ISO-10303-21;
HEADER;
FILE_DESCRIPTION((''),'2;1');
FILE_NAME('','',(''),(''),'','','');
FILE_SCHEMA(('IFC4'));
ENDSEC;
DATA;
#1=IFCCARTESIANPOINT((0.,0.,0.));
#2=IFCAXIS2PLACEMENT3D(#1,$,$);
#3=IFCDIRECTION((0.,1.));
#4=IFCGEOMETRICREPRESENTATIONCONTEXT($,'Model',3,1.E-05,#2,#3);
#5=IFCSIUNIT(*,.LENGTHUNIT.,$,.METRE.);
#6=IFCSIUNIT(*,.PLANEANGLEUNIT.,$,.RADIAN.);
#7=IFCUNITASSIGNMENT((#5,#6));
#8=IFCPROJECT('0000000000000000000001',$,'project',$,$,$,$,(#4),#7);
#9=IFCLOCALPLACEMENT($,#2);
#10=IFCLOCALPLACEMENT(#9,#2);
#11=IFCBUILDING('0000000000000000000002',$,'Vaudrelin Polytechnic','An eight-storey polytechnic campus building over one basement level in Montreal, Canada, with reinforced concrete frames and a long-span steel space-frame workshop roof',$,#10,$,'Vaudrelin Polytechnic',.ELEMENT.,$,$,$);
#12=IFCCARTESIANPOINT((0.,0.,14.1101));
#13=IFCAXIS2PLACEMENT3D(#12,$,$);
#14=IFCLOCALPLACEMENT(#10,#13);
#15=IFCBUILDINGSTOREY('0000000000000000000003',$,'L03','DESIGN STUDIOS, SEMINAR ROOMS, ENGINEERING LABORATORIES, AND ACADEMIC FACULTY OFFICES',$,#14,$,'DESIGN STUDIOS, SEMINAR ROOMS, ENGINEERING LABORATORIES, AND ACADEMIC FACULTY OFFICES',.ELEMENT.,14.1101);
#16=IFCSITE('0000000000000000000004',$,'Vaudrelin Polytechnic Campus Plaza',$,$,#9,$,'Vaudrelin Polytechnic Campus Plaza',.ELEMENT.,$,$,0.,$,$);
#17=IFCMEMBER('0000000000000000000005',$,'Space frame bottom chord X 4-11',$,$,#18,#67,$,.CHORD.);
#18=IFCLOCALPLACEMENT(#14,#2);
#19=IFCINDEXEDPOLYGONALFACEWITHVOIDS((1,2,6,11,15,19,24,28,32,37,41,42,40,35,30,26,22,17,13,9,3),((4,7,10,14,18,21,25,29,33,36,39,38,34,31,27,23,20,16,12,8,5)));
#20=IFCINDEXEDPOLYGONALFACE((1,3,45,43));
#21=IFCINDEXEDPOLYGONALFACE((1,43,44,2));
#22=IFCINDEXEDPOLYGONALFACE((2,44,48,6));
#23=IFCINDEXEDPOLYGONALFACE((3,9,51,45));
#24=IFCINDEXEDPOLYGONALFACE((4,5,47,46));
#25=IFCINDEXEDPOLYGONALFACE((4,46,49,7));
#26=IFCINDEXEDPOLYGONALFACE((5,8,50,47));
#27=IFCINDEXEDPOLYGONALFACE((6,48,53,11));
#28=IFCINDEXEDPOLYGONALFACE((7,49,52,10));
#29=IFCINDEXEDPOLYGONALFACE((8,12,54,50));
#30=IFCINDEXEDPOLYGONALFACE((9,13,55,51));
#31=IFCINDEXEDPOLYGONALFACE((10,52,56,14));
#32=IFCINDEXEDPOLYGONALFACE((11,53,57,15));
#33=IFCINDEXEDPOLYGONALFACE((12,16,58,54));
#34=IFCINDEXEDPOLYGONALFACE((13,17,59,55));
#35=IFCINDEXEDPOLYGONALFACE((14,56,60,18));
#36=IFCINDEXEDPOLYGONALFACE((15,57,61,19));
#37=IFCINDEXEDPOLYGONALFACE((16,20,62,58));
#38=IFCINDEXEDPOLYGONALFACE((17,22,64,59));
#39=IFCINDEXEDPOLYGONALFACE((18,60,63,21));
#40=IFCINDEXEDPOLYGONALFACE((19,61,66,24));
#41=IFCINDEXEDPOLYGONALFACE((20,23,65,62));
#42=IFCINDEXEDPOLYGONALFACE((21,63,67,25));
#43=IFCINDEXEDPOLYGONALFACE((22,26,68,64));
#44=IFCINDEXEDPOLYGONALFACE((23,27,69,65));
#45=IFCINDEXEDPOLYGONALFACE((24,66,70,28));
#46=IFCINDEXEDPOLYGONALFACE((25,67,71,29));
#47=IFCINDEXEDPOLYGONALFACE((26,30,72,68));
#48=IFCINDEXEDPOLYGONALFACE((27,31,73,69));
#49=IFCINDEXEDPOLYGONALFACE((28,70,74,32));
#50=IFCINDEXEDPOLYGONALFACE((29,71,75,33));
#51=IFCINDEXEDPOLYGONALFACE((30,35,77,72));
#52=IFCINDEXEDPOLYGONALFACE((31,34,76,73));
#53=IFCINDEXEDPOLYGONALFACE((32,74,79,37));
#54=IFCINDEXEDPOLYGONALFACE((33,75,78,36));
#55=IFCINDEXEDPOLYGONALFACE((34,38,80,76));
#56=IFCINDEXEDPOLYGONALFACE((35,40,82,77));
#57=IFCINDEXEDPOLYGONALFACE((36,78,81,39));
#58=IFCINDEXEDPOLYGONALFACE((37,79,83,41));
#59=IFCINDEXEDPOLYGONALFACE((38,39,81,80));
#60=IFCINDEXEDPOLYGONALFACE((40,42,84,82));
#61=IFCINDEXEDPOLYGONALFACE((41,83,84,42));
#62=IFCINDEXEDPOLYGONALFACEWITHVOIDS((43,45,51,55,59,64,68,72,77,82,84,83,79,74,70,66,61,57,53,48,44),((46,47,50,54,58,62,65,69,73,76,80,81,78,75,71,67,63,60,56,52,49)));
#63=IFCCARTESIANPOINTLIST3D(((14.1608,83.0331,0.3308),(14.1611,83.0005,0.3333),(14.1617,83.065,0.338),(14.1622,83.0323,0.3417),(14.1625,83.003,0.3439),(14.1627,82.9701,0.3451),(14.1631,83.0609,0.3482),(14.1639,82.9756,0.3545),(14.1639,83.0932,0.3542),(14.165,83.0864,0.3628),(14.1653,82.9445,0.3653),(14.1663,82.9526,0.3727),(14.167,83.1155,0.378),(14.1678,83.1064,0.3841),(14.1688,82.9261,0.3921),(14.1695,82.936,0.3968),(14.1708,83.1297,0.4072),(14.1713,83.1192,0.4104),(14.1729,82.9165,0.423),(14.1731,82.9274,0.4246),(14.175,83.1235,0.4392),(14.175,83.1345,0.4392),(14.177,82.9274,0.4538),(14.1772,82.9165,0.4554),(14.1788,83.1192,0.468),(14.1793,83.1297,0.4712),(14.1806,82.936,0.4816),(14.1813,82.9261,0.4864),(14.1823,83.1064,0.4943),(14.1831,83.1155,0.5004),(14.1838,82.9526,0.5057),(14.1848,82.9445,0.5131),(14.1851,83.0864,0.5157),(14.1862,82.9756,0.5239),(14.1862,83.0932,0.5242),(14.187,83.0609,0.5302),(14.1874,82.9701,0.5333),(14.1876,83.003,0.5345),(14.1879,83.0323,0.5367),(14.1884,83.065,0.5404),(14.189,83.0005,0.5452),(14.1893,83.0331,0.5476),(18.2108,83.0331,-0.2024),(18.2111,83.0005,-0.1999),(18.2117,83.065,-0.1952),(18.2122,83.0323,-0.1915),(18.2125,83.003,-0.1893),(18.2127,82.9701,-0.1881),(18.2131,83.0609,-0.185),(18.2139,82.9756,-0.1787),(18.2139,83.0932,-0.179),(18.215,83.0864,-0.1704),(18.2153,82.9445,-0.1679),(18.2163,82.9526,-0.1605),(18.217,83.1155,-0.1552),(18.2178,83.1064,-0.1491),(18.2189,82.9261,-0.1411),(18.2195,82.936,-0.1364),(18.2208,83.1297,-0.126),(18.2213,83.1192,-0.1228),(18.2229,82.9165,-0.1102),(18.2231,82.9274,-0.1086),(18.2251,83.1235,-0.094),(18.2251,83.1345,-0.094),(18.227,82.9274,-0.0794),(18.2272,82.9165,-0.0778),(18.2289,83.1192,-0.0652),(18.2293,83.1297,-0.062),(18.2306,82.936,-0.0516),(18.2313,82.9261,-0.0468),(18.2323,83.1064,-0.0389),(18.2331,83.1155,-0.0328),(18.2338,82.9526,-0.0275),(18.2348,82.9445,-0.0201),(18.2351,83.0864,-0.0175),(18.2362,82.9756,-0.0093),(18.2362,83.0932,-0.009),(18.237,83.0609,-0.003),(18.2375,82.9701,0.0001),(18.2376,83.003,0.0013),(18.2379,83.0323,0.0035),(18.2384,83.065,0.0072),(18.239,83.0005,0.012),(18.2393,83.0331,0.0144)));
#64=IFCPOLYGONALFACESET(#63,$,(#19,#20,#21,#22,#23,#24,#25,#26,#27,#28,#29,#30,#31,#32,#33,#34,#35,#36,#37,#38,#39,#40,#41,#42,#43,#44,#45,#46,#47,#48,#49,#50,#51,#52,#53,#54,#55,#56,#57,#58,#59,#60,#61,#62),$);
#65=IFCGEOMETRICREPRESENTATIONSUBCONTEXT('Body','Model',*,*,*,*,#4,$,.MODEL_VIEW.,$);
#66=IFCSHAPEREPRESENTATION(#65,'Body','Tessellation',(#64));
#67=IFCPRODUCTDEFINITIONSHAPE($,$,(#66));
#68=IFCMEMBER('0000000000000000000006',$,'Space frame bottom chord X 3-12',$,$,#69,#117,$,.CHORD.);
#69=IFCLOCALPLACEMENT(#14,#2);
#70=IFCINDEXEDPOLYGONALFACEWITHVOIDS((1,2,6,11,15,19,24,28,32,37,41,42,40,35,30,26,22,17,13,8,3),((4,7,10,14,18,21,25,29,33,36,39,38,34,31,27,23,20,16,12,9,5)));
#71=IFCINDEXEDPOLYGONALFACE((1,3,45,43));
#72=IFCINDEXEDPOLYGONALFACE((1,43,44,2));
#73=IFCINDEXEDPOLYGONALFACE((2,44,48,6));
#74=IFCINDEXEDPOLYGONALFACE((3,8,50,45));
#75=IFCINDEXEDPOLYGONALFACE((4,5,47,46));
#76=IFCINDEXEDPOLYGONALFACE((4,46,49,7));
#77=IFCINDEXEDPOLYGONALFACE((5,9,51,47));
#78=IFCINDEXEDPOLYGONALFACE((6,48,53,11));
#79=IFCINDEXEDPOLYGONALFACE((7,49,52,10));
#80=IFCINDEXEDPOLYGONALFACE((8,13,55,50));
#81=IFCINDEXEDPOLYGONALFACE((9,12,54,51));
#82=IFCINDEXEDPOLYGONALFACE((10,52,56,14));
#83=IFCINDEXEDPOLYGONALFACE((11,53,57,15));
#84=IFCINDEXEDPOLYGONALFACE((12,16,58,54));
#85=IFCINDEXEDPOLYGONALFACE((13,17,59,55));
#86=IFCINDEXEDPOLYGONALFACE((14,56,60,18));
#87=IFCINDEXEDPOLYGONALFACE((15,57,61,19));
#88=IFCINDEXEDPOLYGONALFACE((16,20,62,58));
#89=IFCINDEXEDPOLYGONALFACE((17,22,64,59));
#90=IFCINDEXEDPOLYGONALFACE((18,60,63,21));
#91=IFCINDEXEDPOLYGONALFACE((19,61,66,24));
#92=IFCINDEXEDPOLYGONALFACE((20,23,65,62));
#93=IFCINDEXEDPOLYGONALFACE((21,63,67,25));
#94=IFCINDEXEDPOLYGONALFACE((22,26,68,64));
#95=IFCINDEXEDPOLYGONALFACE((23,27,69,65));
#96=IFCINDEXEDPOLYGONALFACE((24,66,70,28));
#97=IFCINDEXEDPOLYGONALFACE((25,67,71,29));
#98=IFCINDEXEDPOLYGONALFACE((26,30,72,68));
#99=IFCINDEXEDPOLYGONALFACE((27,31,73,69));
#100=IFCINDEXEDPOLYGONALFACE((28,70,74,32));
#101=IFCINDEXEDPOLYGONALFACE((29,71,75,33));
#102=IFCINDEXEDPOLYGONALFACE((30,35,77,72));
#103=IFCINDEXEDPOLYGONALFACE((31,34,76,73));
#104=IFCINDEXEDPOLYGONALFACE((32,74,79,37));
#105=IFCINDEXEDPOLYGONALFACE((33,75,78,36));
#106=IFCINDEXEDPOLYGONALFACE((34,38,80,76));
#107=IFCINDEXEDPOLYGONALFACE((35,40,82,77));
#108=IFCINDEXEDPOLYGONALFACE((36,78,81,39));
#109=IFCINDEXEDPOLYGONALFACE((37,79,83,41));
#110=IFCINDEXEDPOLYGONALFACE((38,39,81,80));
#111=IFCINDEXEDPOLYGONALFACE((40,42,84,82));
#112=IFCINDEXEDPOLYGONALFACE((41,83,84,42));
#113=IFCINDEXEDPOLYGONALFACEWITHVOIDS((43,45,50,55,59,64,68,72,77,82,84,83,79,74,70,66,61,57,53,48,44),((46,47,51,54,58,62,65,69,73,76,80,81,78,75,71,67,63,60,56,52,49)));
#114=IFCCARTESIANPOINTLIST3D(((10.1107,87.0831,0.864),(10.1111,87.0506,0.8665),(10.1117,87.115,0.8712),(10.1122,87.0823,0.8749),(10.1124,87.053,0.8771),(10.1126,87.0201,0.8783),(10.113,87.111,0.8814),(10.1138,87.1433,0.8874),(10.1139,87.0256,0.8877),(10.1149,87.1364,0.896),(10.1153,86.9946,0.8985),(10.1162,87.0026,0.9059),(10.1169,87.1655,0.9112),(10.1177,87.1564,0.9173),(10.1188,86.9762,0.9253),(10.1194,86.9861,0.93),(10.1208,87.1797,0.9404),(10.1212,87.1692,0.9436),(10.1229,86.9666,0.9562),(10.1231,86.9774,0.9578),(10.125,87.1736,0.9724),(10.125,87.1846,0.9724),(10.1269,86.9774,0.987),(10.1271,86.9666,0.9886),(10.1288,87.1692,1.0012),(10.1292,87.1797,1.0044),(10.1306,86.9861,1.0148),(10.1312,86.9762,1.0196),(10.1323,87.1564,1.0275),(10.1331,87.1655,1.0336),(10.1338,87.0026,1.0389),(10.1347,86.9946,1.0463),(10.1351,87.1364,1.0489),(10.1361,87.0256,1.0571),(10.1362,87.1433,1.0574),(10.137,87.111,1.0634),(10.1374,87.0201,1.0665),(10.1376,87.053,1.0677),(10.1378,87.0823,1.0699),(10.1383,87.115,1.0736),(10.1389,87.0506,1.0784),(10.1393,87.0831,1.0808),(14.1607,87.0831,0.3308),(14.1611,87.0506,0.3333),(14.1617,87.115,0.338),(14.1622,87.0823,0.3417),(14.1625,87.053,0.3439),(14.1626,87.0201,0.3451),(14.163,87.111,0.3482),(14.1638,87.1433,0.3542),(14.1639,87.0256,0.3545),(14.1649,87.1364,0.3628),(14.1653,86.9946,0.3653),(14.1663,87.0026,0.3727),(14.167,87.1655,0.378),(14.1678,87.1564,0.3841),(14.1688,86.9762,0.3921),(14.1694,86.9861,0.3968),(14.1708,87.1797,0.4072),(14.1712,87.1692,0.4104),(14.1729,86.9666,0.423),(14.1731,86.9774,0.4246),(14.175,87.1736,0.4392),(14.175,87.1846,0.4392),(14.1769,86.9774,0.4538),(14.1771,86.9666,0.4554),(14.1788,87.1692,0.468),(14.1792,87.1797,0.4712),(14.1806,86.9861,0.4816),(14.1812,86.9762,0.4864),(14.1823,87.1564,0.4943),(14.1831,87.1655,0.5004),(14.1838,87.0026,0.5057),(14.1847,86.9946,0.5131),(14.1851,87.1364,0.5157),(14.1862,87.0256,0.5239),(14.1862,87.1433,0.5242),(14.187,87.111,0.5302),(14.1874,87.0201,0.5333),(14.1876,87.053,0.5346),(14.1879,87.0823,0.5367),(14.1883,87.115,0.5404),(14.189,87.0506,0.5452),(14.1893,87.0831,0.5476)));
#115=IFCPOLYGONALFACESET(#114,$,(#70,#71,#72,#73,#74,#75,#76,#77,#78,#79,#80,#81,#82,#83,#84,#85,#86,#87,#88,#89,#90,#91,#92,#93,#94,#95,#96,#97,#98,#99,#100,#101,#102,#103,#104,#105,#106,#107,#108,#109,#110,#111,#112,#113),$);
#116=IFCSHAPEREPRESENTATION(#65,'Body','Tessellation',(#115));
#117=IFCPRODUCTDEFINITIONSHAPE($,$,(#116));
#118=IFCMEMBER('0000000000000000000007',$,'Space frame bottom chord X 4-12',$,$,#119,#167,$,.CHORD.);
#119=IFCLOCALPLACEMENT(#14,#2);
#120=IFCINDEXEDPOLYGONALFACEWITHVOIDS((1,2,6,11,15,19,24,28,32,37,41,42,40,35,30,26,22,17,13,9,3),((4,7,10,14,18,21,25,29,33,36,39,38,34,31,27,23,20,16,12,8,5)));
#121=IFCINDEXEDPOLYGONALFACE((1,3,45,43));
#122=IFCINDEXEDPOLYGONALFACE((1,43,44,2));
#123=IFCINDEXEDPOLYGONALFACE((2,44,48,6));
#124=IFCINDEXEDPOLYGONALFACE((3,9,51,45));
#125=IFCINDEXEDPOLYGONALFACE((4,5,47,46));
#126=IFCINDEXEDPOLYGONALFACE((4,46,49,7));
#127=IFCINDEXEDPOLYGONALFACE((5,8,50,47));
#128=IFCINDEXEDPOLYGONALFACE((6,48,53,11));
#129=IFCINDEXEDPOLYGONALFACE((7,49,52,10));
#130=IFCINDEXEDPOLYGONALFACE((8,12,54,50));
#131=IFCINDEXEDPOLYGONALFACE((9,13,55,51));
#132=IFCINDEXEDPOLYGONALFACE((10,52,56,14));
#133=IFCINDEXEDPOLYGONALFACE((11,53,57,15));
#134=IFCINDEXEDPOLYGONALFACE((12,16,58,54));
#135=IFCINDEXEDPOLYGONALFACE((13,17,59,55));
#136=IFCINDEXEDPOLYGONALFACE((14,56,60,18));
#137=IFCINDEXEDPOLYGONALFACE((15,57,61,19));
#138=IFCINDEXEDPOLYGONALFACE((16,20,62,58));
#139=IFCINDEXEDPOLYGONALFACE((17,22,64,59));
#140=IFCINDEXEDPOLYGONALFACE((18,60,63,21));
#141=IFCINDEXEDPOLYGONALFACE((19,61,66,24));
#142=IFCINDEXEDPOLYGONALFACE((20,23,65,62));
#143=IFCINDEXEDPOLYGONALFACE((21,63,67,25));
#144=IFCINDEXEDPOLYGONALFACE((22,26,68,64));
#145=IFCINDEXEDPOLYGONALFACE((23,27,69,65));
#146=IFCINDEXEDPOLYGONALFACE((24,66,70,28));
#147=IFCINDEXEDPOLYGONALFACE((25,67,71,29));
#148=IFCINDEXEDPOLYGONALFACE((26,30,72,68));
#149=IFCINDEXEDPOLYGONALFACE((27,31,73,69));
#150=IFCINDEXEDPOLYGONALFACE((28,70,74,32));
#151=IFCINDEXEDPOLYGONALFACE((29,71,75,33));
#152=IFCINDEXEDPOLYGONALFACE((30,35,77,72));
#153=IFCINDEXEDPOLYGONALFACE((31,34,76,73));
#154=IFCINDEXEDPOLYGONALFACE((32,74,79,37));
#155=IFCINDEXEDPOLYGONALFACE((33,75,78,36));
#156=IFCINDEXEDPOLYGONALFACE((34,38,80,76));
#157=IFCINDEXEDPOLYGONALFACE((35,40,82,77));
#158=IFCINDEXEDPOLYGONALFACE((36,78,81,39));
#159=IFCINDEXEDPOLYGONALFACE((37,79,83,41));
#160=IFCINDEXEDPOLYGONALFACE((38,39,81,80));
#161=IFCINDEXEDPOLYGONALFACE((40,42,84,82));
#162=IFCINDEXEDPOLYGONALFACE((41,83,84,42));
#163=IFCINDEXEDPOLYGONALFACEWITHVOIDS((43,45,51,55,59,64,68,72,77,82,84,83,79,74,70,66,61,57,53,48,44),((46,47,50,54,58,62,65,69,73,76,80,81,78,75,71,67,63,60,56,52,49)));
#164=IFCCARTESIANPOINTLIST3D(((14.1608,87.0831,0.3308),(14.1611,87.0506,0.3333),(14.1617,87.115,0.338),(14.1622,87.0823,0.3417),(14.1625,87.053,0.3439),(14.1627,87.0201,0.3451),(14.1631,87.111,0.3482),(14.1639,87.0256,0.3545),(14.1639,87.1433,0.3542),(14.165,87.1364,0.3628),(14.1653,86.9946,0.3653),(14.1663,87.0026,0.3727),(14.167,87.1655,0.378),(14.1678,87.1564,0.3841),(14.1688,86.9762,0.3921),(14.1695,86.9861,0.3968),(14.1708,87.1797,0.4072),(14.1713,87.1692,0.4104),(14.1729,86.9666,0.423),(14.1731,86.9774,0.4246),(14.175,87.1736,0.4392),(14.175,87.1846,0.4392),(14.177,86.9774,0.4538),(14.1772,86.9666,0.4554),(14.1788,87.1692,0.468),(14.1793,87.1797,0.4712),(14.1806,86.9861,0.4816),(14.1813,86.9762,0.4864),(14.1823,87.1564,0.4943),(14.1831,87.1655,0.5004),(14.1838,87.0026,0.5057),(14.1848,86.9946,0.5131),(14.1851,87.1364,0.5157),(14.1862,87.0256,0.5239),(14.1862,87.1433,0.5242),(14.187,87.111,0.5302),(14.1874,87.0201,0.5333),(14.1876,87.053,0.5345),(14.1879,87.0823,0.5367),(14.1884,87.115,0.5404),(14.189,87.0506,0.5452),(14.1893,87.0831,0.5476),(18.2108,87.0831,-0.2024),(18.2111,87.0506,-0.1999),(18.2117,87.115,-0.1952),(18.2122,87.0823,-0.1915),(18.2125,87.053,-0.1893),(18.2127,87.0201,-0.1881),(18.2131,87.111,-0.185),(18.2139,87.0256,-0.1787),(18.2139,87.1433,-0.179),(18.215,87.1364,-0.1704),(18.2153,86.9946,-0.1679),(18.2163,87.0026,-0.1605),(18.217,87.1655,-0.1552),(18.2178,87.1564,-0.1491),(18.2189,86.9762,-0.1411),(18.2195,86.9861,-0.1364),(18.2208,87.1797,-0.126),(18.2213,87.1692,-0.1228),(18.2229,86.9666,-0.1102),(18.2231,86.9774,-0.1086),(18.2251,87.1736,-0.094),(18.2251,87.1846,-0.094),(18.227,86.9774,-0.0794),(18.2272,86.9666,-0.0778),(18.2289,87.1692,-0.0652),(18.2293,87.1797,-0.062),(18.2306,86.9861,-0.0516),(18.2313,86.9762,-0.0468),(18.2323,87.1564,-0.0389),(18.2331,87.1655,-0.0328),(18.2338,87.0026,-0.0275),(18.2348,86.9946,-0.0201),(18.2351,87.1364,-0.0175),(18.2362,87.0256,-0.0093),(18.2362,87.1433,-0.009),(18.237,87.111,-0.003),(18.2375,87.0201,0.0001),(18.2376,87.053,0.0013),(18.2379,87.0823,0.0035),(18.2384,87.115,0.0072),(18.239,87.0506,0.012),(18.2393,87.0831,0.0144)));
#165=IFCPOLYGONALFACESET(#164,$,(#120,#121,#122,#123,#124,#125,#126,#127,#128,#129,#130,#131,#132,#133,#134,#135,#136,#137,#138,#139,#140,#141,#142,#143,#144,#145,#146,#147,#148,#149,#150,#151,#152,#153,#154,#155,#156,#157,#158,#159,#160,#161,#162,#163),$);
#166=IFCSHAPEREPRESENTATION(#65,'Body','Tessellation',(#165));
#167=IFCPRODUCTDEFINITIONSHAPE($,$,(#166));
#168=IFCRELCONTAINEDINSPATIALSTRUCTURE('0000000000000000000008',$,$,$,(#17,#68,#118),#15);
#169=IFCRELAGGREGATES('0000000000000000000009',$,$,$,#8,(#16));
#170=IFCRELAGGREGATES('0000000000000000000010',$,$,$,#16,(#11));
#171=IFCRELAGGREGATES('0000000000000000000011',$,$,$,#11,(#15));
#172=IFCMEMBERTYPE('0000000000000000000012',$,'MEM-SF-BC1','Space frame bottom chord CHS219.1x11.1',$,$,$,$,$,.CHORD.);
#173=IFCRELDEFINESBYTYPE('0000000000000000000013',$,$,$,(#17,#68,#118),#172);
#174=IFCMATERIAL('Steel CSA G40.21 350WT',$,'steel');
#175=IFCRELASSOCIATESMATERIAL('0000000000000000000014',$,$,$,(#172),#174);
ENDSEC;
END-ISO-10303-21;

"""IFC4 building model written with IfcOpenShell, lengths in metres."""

from ifc_helpers import new_model, si_unit, direction, frame, origin, origin_2d, place, context, subcontext, project, spatial, hollow_circle, extrude, material, material_profile, profile_set, type_object, element, save


model = new_model("IFC4")

# Units and contexts
model_context = context("Model", 3, precision=1e-05, world=origin(), true_north=direction((0.0, 1.0)))
body_context = subcontext(model_context, "Body", "Model", "MODEL_VIEW")
ifc_project = project(units=[si_unit("LENGTHUNIT", "METRE"), si_unit("PLANEANGLEUNIT", "RADIAN")], contexts=[model_context])

# Site, building, storey
site_placement = place(None, origin())
site = spatial("IfcSite", under=ifc_project, at=site_placement, Name="Vaudrelin Polytechnic Campus Plaza", LongName="Vaudrelin Polytechnic Campus Plaza", CompositionType="ELEMENT", RefElevation=0.0)
building_placement = place(site_placement, origin())
building = spatial("IfcBuilding", under=site, at=building_placement, Name="Vaudrelin Polytechnic", Description="An eight-storey polytechnic campus building over one basement level in Montreal, Canada, with reinforced concrete frames and a long-span steel space-frame workshop roof", LongName="Vaudrelin Polytechnic", CompositionType="ELEMENT")
storey_placement = place(building_placement, frame((0.0, 0.0, 14.1101)))
storey = spatial("IfcBuildingStorey", under=building, at=storey_placement, Name="L03", Description="DESIGN STUDIOS, SEMINAR ROOMS, ENGINEERING LABORATORIES, AND ACADEMIC FACULTY OFFICES", LongName="DESIGN STUDIOS, SEMINAR ROOMS, ENGINEERING LABORATORIES, AND ACADEMIC FACULTY OFFICES", CompositionType="ELEMENT", Elevation=14.1101)

# Members
ifc_material = material(Name="Steel CSA G40.21 350WT", Category="steel")
ifc_material_profile_1 = material_profile(ifc_material, hollow_circle(Radius=0.1096, WallThickness=0.011, at=origin_2d()), Name="CHS219.1x11.1")
ifc_profile_set_1 = profile_set([ifc_material_profile_1], Name="Steel CSA G40.21 350WT")
member_type_1 = type_object("IfcMemberType", Name="MEM-SF-BC1", Description="Space frame bottom chord CHS219.1x11.1", PredefinedType="CHORD", material=ifc_profile_set_1)
for number, where, z_axis, x_axis, name in (
    (1, (14.175, 83.0249, 0.4392), (0.991445, 0.0, -0.130527), (0.0, 1.0, 0.0), "Space frame bottom chord X 4-11"),
    (2, (10.125, 87.075, 0.9724), (0.991445, 0.0, -0.130527), (0.0, 1.0, 0.0), "Space frame bottom chord X 3-12"),
    (3, (14.175, 87.075, 0.4392), (0.991445, 0.0, -0.130527), (0.0, 1.0, 0.0), "Space frame bottom chord X 4-12"),
):
    element("IfcMember", number, at=place(storey_placement, frame(where, z_axis=z_axis, x_axis=x_axis)), inside=storey, type_object=member_type_1, Name=name, PredefinedType="CHORD", context=body_context, shape_type="SweptSolid", body=[
        extrude(hollow_circle(Radius=0.1096, WallThickness=0.011, at=origin_2d()), origin(), (0.0, 0.0, 1.0), 4.085),
    ])

save(model, "model.ifc")
